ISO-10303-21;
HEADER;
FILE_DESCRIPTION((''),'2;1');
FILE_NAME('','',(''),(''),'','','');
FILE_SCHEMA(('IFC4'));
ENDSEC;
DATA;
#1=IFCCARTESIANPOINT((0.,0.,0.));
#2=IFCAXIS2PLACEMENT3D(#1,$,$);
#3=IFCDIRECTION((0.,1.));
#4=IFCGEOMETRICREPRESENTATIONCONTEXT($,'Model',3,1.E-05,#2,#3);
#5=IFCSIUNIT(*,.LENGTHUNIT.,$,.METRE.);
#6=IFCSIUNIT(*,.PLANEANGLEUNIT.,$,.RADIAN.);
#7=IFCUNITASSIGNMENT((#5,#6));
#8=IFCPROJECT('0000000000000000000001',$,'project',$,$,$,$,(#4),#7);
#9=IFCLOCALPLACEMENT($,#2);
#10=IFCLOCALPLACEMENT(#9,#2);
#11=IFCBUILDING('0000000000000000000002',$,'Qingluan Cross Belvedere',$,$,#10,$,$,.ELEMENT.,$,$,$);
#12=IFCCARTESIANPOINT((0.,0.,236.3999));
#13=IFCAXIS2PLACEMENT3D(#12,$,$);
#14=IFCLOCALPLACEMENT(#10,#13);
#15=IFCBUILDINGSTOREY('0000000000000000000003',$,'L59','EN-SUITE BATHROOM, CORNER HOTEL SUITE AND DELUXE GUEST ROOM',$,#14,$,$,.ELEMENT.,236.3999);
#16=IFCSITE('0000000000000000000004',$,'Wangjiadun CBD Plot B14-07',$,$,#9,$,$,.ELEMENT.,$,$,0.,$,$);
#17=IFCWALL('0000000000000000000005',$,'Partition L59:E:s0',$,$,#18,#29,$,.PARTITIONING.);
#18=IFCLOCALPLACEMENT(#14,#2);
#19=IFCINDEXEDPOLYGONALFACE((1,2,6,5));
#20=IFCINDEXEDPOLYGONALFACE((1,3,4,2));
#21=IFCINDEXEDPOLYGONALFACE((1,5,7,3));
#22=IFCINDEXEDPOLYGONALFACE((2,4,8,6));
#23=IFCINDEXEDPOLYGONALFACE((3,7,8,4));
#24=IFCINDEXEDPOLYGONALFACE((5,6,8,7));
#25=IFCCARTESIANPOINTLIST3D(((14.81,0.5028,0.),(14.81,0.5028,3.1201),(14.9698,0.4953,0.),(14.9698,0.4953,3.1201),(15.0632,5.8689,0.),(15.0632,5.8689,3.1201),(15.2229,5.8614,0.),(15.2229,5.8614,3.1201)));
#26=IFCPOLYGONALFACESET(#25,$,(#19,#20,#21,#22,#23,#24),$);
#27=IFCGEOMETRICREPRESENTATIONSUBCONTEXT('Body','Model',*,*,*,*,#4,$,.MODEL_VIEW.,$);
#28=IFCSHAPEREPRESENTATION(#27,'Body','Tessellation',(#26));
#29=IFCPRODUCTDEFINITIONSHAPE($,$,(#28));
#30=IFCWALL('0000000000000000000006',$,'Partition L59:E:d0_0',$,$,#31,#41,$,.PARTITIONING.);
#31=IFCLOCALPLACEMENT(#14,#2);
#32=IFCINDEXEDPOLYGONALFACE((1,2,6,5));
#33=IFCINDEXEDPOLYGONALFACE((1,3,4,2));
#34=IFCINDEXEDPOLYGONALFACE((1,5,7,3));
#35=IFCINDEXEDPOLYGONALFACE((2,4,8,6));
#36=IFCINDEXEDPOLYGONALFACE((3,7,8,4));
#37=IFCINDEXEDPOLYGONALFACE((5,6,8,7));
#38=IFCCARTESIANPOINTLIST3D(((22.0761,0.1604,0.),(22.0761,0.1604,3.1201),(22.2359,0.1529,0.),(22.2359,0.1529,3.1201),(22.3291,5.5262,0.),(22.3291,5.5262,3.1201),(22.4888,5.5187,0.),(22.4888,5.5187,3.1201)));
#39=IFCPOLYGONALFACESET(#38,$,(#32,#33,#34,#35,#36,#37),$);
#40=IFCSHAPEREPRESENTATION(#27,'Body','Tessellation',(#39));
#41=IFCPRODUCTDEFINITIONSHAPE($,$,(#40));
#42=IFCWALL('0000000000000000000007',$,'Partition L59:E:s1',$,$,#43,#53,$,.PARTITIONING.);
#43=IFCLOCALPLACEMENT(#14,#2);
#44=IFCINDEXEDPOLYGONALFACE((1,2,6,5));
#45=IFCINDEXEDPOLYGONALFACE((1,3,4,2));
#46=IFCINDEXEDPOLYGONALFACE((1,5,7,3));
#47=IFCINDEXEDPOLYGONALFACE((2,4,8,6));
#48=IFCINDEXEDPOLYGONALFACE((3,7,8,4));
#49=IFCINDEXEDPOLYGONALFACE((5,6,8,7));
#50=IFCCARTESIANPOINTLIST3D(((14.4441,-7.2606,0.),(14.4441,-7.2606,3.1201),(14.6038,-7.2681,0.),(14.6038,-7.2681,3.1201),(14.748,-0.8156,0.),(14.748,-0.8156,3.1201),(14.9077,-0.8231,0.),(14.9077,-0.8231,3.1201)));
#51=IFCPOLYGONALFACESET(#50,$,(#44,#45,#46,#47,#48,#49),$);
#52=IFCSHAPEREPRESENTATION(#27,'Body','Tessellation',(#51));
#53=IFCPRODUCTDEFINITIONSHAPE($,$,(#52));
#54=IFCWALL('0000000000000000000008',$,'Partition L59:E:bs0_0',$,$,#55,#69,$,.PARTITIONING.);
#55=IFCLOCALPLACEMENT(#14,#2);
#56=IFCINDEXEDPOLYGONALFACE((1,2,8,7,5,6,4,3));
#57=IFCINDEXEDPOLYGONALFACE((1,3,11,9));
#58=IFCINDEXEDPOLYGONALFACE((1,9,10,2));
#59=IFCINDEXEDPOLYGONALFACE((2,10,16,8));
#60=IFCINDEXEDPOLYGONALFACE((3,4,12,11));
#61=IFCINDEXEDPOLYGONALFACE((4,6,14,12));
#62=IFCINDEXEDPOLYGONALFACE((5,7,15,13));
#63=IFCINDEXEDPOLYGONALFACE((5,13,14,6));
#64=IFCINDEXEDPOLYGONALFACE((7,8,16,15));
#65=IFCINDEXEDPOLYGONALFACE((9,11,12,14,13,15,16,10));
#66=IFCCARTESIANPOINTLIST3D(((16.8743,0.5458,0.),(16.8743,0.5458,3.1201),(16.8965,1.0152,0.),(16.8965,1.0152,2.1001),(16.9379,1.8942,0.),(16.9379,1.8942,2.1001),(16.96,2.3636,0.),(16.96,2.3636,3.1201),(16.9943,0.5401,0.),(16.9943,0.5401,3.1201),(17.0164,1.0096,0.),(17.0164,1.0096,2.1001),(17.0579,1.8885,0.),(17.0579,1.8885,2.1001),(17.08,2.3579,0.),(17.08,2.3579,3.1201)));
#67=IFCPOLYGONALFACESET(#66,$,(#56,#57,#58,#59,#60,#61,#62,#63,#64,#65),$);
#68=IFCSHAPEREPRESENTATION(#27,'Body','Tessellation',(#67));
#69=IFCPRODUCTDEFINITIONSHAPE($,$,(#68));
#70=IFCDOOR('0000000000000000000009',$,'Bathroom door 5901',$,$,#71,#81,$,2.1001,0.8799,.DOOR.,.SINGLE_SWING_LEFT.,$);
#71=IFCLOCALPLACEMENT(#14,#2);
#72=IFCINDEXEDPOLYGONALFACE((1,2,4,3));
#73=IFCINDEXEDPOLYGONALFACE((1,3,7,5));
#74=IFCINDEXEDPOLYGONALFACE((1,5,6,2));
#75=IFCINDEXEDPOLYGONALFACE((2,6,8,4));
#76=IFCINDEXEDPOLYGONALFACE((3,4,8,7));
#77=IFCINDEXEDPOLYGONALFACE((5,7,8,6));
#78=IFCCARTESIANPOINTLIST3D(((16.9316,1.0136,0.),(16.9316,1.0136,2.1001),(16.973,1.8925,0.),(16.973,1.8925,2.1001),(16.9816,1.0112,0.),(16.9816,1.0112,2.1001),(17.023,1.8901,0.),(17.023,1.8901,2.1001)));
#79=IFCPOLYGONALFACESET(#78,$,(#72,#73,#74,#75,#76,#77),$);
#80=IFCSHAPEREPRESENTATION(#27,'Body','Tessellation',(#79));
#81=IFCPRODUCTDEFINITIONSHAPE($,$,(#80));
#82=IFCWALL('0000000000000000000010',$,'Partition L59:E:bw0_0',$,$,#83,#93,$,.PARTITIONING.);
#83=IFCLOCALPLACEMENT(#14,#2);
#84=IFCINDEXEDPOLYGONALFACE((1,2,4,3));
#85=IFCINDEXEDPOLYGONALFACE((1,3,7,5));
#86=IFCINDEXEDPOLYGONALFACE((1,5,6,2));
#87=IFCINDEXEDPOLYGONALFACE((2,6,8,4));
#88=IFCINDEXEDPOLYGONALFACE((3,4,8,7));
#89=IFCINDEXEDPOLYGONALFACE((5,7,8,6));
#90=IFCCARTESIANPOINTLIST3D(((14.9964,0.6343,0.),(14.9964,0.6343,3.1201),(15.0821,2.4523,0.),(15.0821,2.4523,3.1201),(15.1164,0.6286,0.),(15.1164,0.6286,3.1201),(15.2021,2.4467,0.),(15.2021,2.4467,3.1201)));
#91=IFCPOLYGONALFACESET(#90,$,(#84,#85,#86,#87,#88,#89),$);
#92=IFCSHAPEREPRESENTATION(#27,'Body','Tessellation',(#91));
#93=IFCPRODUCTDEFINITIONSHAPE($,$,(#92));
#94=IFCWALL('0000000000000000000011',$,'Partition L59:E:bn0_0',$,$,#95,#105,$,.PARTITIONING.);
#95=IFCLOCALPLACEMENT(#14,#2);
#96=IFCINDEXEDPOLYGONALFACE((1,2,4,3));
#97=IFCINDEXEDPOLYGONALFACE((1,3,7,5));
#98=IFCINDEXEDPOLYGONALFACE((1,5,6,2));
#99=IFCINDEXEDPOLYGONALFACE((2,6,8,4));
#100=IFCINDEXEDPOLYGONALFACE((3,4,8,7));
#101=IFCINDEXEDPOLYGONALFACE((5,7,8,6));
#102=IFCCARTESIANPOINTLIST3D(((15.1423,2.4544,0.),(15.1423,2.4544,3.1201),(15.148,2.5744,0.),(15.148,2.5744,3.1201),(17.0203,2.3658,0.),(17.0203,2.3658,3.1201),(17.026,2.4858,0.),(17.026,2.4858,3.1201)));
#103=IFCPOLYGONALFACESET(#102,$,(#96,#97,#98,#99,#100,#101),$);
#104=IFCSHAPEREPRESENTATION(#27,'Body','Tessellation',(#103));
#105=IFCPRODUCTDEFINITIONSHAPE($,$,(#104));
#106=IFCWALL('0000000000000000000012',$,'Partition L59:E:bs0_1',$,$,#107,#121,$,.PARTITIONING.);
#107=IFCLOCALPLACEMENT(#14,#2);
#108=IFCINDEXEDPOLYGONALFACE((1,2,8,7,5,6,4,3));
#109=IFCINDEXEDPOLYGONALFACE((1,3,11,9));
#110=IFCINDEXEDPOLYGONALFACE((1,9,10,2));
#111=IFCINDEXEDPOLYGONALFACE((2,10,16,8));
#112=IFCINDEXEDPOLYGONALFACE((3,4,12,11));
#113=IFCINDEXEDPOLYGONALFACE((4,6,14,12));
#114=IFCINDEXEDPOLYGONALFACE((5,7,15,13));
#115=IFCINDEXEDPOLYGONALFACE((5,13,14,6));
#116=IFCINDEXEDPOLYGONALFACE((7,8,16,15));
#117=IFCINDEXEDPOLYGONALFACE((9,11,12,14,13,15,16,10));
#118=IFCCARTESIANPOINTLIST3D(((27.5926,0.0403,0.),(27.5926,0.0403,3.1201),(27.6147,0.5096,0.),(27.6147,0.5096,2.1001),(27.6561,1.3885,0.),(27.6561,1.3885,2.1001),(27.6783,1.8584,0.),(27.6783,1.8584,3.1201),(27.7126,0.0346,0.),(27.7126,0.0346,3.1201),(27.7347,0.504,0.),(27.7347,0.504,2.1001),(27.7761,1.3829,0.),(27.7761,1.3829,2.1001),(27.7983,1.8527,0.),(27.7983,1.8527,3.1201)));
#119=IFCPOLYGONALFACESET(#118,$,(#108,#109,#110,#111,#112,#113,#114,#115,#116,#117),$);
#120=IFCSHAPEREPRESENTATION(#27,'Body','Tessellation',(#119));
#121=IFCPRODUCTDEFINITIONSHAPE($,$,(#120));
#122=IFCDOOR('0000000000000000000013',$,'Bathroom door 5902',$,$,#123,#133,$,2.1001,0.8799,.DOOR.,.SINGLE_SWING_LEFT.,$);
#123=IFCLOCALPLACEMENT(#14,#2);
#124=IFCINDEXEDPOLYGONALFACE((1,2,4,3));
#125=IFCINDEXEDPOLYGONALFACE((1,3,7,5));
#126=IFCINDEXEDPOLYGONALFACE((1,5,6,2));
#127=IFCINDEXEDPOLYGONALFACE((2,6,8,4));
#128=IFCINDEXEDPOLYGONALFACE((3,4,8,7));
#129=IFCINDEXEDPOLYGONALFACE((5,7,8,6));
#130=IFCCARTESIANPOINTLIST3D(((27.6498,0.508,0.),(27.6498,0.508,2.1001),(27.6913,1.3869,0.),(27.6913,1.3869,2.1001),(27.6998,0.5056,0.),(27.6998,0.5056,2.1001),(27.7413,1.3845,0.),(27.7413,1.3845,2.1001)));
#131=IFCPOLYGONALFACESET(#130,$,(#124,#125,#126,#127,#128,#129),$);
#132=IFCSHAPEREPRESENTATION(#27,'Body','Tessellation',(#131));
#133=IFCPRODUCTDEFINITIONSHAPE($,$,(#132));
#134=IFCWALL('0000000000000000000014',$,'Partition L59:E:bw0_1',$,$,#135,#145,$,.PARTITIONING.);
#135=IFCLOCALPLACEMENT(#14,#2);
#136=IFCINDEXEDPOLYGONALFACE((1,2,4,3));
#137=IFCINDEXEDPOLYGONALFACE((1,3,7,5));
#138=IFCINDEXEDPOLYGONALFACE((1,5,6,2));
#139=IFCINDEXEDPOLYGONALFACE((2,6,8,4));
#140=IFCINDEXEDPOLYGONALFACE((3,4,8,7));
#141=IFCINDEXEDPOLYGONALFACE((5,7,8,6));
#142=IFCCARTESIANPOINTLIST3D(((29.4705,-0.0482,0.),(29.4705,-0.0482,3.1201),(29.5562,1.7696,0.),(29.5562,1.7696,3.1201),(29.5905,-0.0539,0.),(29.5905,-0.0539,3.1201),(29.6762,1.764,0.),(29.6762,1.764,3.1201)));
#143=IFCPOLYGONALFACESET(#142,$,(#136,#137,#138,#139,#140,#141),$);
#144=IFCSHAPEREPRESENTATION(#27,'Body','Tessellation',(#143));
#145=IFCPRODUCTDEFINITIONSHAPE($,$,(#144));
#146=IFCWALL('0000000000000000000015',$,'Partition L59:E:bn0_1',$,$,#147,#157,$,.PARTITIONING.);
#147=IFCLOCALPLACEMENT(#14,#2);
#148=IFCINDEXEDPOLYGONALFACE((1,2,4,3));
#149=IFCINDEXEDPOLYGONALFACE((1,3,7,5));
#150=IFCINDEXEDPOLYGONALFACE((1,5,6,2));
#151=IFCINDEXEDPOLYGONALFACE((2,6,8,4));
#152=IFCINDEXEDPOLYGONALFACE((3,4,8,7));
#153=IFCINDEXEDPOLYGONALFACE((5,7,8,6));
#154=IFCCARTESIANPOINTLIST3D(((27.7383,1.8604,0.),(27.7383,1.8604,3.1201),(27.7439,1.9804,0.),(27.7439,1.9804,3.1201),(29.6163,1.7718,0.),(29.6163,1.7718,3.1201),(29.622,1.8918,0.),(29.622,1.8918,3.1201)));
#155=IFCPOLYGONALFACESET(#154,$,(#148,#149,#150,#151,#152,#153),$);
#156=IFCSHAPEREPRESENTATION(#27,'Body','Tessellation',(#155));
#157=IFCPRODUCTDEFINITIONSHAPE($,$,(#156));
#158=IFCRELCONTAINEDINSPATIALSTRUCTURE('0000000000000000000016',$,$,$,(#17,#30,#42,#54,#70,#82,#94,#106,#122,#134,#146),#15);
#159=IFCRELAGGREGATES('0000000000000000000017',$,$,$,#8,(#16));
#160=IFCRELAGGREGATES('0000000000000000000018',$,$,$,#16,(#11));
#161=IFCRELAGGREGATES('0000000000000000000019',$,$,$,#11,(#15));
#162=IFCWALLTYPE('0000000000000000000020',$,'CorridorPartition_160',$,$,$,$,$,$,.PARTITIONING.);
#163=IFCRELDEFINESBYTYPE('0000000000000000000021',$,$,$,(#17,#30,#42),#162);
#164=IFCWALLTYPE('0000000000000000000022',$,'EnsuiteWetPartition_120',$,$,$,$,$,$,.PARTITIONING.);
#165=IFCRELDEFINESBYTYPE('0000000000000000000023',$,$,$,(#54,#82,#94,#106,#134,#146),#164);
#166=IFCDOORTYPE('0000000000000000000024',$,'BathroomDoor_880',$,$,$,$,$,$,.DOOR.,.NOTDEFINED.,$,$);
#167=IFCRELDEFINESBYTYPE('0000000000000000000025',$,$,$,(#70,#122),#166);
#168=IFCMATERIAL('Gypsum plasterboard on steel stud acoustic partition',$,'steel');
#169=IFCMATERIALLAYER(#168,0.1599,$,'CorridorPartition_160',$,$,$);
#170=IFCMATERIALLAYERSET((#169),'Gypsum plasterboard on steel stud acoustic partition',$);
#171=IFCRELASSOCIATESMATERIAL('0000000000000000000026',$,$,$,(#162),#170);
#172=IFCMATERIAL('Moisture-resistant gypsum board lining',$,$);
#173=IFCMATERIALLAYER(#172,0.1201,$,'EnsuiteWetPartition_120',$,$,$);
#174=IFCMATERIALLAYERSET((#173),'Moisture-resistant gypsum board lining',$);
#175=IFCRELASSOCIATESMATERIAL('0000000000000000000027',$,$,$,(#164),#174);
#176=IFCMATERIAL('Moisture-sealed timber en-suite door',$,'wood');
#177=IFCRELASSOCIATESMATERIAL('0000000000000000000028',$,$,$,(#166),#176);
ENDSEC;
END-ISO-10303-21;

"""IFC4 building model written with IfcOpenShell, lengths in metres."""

from ifc_helpers import new_model, si_unit, direction, frame, frame_2d, origin, place, context, subcontext, project, spatial, rectangle, extrude, material, layer, layer_set, type_object, element, fill, save


model = new_model("IFC4")

# Units and contexts
model_context = context("Model", 3, precision=1e-05, world=origin(), true_north=direction((0.0, 1.0)))
body_context = subcontext(model_context, "Body", "Model", "MODEL_VIEW")
ifc_project = project(units=[si_unit("LENGTHUNIT", "METRE"), si_unit("PLANEANGLEUNIT", "RADIAN")], contexts=[model_context])

# Site, building, storey
site_placement = place(None, origin())
site = spatial("IfcSite", under=ifc_project, at=site_placement, Name="Wangjiadun CBD Plot B14-07", CompositionType="ELEMENT", RefElevation=0.0)
building_placement = place(site_placement, origin())
building = spatial("IfcBuilding", under=site, at=building_placement, Name="Qingluan Cross Belvedere", CompositionType="ELEMENT")
storey_placement = place(building_placement, frame((0.0, 0.0, 236.3999)))
storey = spatial("IfcBuildingStorey", under=building, at=storey_placement, Name="L59", Description="EN-SUITE BATHROOM, CORNER HOTEL SUITE AND DELUXE GUEST ROOM", CompositionType="ELEMENT", Elevation=236.3999)

# Shared definitions
ifc_material_1 = material(Name="Gypsum plasterboard on steel stud acoustic partition", Category="steel")
ifc_layer_1 = layer(ifc_material_1, 0.1599, Name="CorridorPartition_160")
ifc_layer_set_1 = layer_set([ifc_layer_1], Name="Gypsum plasterboard on steel stud acoustic partition")
wall_type_1 = type_object("IfcWallType", Name="CorridorPartition_160", PredefinedType="PARTITIONING", material=ifc_layer_set_1)

# Walls
wall_1_placement = place(storey_placement, frame((14.8899, 0.499, 0.0), z_axis=(0.0, 0.0, 1.0), x_axis=(0.047127, 0.998889, 0.0)))
element("IfcWall", 1, at=wall_1_placement, inside=storey, type_object=wall_type_1, Name="Partition L59:E:s0", PredefinedType="PARTITIONING", context=body_context, shape_type="SweptSolid", body=[
    extrude(rectangle(XDim=5.3721, YDim=0.1599, at=frame_2d((2.686, 0.0))), origin(), (0.0, 0.0, 1.0), 3.1201),
])
wall_2_placement = place(storey_placement, frame((22.156, 0.1565, 0.0), z_axis=(0.0, 0.0, 1.0), x_axis=(0.047084, 0.998891, 0.0)))
element("IfcWall", 2, at=wall_2_placement, inside=storey, type_object=wall_type_1, Name="Partition L59:E:d0_0", PredefinedType="PARTITIONING", context=body_context, shape_type="SweptSolid", body=[
    extrude(rectangle(XDim=5.3718, YDim=0.1599, at=frame_2d((2.686, 0.0))), origin(), (0.0, 0.0, 1.0), 3.1201),
])
wall_3_placement = place(storey_placement, frame((14.8279, -0.8193, 0.0), z_axis=(0.0, 0.0, 1.0), x_axis=(-0.047109, -0.99889, 0.0)))
element("IfcWall", 3, at=wall_3_placement, inside=storey, type_object=wall_type_1, Name="Partition L59:E:s1", PredefinedType="PARTITIONING", context=body_context, shape_type="SweptSolid", body=[
    extrude(rectangle(XDim=6.4521, YDim=0.1599, at=frame_2d((3.2261, 0.0))), origin(), (0.0, 0.0, 1.0), 3.1201),
])

# Wall, opening, door
ifc_material_2 = material(Name="Moisture-resistant gypsum board lining")
ifc_layer_2 = layer(ifc_material_2, 0.1201, Name="EnsuiteWetPartition_120")
ifc_layer_set_2 = layer_set([ifc_layer_2], Name="Moisture-resistant gypsum board lining")
wall_type_2 = type_object("IfcWallType", Name="EnsuiteWetPartition_120", PredefinedType="PARTITIONING", material=ifc_layer_set_2)
wall_4_placement = place(storey_placement, frame((16.9343, 0.543, 0.0), z_axis=(0.0, 0.0, 1.0), x_axis=(0.047087, 0.998891, 0.0)))
wall_4 = element("IfcWall", 4, at=wall_4_placement, inside=storey, type_object=wall_type_2, Name="Partition L59:E:bs0_0", PredefinedType="PARTITIONING", context=body_context, shape_type="SweptSolid", body=[
    extrude(rectangle(XDim=1.8198, YDim=0.1201, at=frame_2d((0.9099, 0.0))), origin(), (0.0, 0.0, 1.0), 3.1201),
])
opening_1_placement = place(wall_4_placement, frame((0.47, 0.0, 0.0)))
opening_1 = element("IfcOpeningElement", 5, at=opening_1_placement, cuts=wall_4, PredefinedType="OPENING", context=body_context, shape_type="SweptSolid", body=[
    extrude(rectangle(XDim=0.8799, YDim=2.1001, at=frame_2d((0.4399, 1.05))), frame((0.0, 0.0701, 0.0), z_axis=(0.0, -1.0, 0.0), x_axis=(1.0, 0.0, 0.0)), (0.0, 0.0, 1.0), 0.1401),
])
ifc_material_3 = material(Name="Moisture-sealed timber en-suite door", Category="wood")
door_type_1 = type_object("IfcDoorType", Name="BathroomDoor_880", OperationType="NOTDEFINED", PredefinedType="DOOR", material=ifc_material_3)
door_1_placement = place(opening_1_placement, origin())
door_1 = element("IfcDoor", 6, at=door_1_placement, inside=storey, type_object=door_type_1, Name="Bathroom door 5901", OperationType="SINGLE_SWING_LEFT", OverallHeight=2.1001, OverallWidth=0.8799, PredefinedType="DOOR", context=body_context, shape_type="SweptSolid", body=[
    extrude(rectangle(XDim=0.8799, YDim=2.1001, at=frame_2d((0.4399, 1.05))), frame((0.0, 0.0249, 0.0), z_axis=(0.0, -1.0, 0.0), x_axis=(1.0, 0.0, 0.0)), (0.0, 0.0, 1.0), 0.05),
])
fill(opening_1, door_1)

# Walls
wall_5_placement = place(storey_placement, frame((15.0564, 0.6313, 0.0), z_axis=(0.0, 0.0, 1.0), x_axis=(0.047081, 0.998891, 0.0)))
element("IfcWall", 7, at=wall_5_placement, inside=storey, type_object=wall_type_2, Name="Partition L59:E:bw0_0", PredefinedType="PARTITIONING", context=body_context, shape_type="SweptSolid", body=[
    extrude(rectangle(XDim=1.8201, YDim=0.1201, at=frame_2d((0.9102, 0.0))), origin(), (0.0, 0.0, 1.0), 3.1201),
])
wall_6_placement = place(storey_placement, frame((15.1453, 2.5144, 0.0), z_axis=(0.0, 0.0, 1.0), x_axis=(0.998888, -0.047139, 0.0)))
element("IfcWall", 8, at=wall_6_placement, inside=storey, type_object=wall_type_2, Name="Partition L59:E:bn0_0", PredefinedType="PARTITIONING", context=body_context, shape_type="SweptSolid", body=[
    extrude(rectangle(XDim=1.8801, YDim=0.1201, at=frame_2d((0.9399, 0.0))), origin(), (0.0, 0.0, 1.0), 3.1201),
])

# Wall, opening, door
wall_7_placement = place(storey_placement, frame((27.6526, 0.0374, 0.0), z_axis=(0.0, 0.0, 1.0), x_axis=(0.047081, 0.998891, 0.0)))
wall_7 = element("IfcWall", 9, at=wall_7_placement, inside=storey, type_object=wall_type_2, Name="Partition L59:E:bs0_1", PredefinedType="PARTITIONING", context=body_context, shape_type="SweptSolid", body=[
    extrude(rectangle(XDim=1.8201, YDim=0.1201, at=frame_2d((0.9102, 0.0))), origin(), (0.0, 0.0, 1.0), 3.1201),
])
opening_2_placement = place(wall_7_placement, frame((0.47, 0.0, 0.0)))
opening_2 = element("IfcOpeningElement", 10, at=opening_2_placement, cuts=wall_7, PredefinedType="OPENING", context=body_context, shape_type="SweptSolid", body=[
    extrude(rectangle(XDim=0.8799, YDim=2.1001, at=frame_2d((0.4399, 1.05))), frame((0.0, 0.0701, 0.0), z_axis=(0.0, -1.0, 0.0), x_axis=(1.0, 0.0, 0.0)), (0.0, 0.0, 1.0), 0.1401),
])
door_2_placement = place(opening_2_placement, origin())
door_2 = element("IfcDoor", 11, at=door_2_placement, inside=storey, type_object=door_type_1, Name="Bathroom door 5902", OperationType="SINGLE_SWING_LEFT", OverallHeight=2.1001, OverallWidth=0.8799, PredefinedType="DOOR", context=body_context, shape_type="SweptSolid", body=[
    extrude(rectangle(XDim=0.8799, YDim=2.1001, at=frame_2d((0.4399, 1.05))), frame((0.0, 0.0249, 0.0), z_axis=(0.0, -1.0, 0.0), x_axis=(1.0, 0.0, 0.0)), (0.0, 0.0, 1.0), 0.05),
])
fill(opening_2, door_2)

# Walls
wall_8_placement = place(storey_placement, frame((29.5305, -0.051, 0.0), z_axis=(0.0, 0.0, 1.0), x_axis=(0.047087, 0.998891, 0.0)))
element("IfcWall", 12, at=wall_8_placement, inside=storey, type_object=wall_type_2, Name="Partition L59:E:bw0_1", PredefinedType="PARTITIONING", context=body_context, shape_type="SweptSolid", body=[
    extrude(rectangle(XDim=1.8198, YDim=0.1201, at=frame_2d((0.9099, 0.0))), origin(), (0.0, 0.0, 1.0), 3.1201),
])
wall_9_placement = place(storey_placement, frame((27.7412, 1.9204, 0.0), z_axis=(0.0, 0.0, 1.0), x_axis=(0.998888, -0.047139, 0.0)))
element("IfcWall", 13, at=wall_9_placement, inside=storey, type_object=wall_type_2, Name="Partition L59:E:bn0_1", PredefinedType="PARTITIONING", context=body_context, shape_type="SweptSolid", body=[
    extrude(rectangle(XDim=1.8801, YDim=0.1201, at=frame_2d((0.9399, 0.0))), origin(), (0.0, 0.0, 1.0), 3.1201),
])

save(model, "model.ifc")
